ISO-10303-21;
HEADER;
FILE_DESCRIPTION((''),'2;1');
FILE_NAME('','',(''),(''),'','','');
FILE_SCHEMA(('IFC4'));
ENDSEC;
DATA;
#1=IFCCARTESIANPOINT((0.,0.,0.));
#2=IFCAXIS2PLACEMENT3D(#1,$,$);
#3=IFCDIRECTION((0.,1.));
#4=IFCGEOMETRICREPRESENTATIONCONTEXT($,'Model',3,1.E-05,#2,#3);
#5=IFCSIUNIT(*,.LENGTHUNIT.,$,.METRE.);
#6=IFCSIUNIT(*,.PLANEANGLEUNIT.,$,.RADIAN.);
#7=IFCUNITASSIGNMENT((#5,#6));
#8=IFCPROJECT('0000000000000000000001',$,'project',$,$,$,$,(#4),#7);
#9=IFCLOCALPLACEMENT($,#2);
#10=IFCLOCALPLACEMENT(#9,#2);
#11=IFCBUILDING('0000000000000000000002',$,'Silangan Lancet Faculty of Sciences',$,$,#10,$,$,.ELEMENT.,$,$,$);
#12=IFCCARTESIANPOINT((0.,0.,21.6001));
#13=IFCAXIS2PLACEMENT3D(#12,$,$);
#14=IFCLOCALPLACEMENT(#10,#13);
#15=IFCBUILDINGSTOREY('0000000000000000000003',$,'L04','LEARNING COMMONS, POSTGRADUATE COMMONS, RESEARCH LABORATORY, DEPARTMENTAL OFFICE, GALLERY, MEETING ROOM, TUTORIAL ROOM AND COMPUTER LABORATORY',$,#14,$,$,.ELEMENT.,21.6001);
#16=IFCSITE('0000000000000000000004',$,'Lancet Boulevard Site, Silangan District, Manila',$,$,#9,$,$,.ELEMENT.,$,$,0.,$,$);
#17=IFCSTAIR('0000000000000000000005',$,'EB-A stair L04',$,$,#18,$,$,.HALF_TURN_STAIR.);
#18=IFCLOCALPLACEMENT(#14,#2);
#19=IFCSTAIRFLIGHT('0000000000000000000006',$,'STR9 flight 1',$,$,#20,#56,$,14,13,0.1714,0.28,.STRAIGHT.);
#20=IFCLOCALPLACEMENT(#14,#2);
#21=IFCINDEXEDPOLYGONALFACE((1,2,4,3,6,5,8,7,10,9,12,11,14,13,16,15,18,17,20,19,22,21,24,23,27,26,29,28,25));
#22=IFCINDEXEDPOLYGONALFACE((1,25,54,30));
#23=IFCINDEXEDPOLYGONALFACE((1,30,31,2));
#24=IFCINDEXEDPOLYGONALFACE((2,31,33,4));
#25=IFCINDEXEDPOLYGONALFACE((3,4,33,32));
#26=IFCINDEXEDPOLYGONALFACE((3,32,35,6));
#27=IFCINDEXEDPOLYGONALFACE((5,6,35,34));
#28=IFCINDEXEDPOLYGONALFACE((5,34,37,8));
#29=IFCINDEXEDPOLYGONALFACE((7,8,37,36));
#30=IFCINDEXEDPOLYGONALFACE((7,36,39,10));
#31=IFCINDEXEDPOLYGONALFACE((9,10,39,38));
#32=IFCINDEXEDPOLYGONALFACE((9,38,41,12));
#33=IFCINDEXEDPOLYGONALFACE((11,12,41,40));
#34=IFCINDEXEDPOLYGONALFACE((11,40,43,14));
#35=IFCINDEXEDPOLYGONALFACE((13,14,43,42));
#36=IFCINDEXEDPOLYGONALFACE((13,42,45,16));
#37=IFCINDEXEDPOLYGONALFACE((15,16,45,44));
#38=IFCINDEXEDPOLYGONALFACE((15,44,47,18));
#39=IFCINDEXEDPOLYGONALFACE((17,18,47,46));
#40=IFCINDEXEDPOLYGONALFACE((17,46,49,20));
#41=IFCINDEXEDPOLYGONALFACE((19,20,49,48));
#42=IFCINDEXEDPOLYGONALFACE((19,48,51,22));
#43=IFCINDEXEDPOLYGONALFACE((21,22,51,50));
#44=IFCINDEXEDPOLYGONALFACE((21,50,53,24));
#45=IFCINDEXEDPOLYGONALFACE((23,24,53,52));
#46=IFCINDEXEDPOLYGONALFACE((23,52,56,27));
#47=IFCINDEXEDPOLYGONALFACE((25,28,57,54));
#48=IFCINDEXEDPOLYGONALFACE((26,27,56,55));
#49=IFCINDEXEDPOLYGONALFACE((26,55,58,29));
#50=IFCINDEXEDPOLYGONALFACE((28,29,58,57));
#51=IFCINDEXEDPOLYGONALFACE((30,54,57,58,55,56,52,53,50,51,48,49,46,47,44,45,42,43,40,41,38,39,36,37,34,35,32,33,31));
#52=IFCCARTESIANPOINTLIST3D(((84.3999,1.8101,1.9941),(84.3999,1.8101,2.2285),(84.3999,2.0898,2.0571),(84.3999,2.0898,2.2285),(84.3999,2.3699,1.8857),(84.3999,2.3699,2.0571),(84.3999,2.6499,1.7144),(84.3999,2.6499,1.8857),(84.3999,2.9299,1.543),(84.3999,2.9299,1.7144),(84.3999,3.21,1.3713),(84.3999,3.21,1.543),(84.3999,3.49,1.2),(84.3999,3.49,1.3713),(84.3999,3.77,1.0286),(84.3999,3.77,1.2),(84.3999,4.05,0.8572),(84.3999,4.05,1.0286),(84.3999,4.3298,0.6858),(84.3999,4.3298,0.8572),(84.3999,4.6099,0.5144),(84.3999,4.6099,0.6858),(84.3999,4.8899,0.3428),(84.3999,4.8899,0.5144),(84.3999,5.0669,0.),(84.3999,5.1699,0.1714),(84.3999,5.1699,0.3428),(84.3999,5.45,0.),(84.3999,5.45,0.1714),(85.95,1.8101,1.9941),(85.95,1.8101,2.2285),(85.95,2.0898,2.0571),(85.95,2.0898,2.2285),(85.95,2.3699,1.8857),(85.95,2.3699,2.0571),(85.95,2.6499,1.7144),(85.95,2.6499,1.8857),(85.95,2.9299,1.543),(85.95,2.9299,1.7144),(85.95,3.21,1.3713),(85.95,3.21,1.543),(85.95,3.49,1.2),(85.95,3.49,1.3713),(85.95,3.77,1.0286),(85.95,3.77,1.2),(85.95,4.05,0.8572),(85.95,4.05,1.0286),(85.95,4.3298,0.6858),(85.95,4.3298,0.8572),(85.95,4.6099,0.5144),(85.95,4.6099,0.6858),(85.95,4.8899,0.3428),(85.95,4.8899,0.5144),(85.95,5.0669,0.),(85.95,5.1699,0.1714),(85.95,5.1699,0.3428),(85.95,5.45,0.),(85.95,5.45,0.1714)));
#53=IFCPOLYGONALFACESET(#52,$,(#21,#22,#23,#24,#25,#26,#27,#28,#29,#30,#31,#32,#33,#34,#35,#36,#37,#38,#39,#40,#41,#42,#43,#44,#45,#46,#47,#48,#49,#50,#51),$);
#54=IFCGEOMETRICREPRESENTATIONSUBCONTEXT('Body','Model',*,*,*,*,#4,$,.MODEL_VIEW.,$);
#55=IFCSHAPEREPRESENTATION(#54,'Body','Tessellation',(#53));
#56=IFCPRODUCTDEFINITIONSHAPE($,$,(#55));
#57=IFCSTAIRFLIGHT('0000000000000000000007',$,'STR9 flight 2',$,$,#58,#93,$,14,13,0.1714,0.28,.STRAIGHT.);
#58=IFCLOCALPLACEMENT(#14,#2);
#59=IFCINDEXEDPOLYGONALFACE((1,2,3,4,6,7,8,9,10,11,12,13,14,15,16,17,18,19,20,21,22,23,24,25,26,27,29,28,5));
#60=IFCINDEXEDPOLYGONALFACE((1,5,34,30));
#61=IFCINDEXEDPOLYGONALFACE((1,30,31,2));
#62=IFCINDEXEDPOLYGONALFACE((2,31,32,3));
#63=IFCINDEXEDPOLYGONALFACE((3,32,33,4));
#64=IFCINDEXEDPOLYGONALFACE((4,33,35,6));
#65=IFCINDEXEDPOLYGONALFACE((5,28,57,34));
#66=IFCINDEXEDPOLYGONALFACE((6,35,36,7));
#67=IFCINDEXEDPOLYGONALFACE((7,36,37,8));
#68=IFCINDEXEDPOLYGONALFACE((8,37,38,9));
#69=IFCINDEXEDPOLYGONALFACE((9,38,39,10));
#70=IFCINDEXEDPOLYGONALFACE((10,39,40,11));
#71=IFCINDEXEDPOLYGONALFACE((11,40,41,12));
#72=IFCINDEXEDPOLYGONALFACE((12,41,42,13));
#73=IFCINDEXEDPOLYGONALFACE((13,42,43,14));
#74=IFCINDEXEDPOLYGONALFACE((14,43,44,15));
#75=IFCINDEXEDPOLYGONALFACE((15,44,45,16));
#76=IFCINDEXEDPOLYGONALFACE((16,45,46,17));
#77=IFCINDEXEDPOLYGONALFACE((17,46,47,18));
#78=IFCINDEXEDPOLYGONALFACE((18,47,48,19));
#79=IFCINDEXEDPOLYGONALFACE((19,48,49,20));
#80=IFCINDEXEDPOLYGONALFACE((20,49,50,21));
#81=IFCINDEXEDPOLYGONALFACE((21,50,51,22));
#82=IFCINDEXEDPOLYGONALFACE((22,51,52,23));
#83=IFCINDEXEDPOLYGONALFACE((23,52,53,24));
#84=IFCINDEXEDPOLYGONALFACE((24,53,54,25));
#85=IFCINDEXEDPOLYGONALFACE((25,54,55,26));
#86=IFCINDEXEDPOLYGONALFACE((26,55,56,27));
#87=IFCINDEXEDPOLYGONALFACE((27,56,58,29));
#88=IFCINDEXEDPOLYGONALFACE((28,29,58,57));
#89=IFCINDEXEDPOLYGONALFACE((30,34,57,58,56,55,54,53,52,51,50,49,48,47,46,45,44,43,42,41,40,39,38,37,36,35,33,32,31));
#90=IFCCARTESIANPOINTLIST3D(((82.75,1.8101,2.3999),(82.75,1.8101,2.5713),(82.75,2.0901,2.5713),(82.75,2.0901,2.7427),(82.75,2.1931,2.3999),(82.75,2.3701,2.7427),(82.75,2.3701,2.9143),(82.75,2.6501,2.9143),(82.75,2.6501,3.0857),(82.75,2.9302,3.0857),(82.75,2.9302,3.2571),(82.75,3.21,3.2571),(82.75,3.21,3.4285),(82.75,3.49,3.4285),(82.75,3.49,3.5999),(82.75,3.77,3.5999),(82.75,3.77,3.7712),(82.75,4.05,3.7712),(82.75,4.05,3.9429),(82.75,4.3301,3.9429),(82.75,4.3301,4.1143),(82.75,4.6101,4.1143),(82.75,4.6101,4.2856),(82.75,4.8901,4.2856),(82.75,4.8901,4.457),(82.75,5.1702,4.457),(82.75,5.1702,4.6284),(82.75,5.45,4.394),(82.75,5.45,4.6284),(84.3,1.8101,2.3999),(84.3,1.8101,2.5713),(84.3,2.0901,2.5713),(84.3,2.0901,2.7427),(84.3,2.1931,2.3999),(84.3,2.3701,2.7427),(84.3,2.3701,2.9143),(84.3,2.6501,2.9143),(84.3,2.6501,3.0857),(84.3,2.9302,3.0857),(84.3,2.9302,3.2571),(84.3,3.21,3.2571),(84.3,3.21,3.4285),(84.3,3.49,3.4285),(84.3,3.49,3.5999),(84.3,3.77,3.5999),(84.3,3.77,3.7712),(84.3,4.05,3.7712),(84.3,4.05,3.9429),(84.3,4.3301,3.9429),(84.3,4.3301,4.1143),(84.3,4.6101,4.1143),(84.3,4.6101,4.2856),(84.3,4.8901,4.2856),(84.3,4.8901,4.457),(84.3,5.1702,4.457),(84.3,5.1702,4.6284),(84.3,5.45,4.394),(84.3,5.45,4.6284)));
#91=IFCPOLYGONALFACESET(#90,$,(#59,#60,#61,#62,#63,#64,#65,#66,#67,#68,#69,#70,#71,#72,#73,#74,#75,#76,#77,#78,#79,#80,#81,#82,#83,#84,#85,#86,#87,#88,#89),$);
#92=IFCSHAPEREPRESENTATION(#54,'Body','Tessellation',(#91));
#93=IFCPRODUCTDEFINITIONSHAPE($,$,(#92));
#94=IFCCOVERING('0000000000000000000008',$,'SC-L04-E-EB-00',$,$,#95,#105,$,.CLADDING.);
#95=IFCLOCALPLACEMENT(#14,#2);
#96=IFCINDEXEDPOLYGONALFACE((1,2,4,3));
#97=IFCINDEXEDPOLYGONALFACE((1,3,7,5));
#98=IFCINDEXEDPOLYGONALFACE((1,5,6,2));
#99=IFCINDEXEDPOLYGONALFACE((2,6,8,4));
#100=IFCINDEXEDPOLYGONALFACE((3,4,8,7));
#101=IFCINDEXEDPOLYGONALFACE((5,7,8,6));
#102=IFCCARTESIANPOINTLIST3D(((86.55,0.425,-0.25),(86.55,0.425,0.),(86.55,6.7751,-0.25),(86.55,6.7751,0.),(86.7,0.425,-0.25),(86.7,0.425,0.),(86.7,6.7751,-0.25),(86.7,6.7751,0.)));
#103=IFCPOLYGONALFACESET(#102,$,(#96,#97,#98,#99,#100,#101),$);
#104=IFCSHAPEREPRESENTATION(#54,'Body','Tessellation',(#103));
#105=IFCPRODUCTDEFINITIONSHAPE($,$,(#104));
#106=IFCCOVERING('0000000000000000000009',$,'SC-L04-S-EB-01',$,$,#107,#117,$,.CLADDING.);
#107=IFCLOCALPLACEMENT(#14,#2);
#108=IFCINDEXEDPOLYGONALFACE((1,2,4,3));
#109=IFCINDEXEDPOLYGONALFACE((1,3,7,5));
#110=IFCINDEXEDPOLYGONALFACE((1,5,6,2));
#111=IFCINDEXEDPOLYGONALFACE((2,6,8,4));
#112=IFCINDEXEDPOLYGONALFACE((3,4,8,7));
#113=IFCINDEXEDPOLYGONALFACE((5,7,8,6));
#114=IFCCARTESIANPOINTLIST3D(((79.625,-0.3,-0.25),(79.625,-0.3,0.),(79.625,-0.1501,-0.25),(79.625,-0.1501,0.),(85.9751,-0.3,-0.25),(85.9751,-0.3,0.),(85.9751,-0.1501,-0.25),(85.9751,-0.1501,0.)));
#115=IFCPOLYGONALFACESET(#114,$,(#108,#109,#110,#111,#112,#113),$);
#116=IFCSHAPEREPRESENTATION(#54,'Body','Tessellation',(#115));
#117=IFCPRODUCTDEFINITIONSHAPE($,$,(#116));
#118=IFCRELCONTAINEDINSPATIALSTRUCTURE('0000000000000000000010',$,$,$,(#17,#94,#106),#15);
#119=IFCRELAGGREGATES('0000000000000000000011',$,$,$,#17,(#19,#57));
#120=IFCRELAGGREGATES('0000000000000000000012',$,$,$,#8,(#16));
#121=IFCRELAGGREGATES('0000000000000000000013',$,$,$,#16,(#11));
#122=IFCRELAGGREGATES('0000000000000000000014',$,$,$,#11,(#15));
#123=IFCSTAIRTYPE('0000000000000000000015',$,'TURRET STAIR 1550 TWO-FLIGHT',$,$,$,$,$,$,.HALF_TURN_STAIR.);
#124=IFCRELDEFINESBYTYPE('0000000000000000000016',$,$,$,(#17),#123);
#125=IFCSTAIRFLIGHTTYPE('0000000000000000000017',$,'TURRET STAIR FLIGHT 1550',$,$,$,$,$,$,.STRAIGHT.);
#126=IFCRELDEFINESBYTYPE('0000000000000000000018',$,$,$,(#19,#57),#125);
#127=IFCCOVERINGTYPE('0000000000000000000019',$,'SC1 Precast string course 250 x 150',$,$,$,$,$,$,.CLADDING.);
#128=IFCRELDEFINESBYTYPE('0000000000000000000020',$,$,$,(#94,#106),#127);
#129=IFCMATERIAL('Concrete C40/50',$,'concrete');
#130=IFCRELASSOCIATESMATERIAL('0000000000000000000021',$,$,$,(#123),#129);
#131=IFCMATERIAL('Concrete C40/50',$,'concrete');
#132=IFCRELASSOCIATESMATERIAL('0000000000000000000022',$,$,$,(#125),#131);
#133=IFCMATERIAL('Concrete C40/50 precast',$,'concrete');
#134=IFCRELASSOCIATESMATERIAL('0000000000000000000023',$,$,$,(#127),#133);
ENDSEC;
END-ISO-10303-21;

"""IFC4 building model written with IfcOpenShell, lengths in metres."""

from ifc_helpers import new_model, si_unit, direction, frame, origin, origin_2d, place, context, subcontext, project, spatial, polyline, rectangle, outline, extrude, material, type_object, element, aggregate, save


model = new_model("IFC4")

# Units and contexts
model_context = context("Model", 3, precision=1e-05, world=origin(), true_north=direction((0.0, 1.0)))
body_context = subcontext(model_context, "Body", "Model", "MODEL_VIEW")
ifc_project = project(units=[si_unit("LENGTHUNIT", "METRE"), si_unit("PLANEANGLEUNIT", "RADIAN")], contexts=[model_context])

# Site, building, storey
site_placement = place(None, origin())
site = spatial("IfcSite", under=ifc_project, at=site_placement, Name="Lancet Boulevard Site, Silangan District, Manila", CompositionType="ELEMENT", RefElevation=0.0)
building_placement = place(site_placement, origin())
building = spatial("IfcBuilding", under=site, at=building_placement, Name="Silangan Lancet Faculty of Sciences", CompositionType="ELEMENT")
storey_placement = place(building_placement, frame((0.0, 0.0, 21.6001)))
storey = spatial("IfcBuildingStorey", under=building, at=storey_placement, Name="L04", Description="LEARNING COMMONS, POSTGRADUATE COMMONS, RESEARCH LABORATORY, DEPARTMENTAL OFFICE, GALLERY, MEETING ROOM, TUTORIAL ROOM AND COMPUTER LABORATORY", CompositionType="ELEMENT", Elevation=21.6001)

# Stair, stair flights
ifc_material_1 = material(Name="Concrete C40/50", Category="concrete")
stair_type = type_object("IfcStairType", Name="TURRET STAIR 1550 TWO-FLIGHT", PredefinedType="HALF_TURN_STAIR", material=ifc_material_1)
stair_placement = place(storey_placement, origin())
stair = element("IfcStair", 1, at=stair_placement, inside=storey, type_object=stair_type, Name="EB-A stair L04", PredefinedType="HALF_TURN_STAIR")
ifc_material_2 = material(Name="Concrete C40/50", Category="concrete")
stair_flight_type = type_object("IfcStairFlightType", Name="TURRET STAIR FLIGHT 1550", PredefinedType="STRAIGHT", material=ifc_material_2)
stair_flight_1_placement = place(storey_placement, frame((85.175, 5.45, 0.0), z_axis=(0.0, 0.0, 1.0), x_axis=(0.0, -1.0, 0.0)))
stair_flight_1 = element("IfcStairFlight", 2, at=stair_flight_1_placement, type_object=stair_flight_type, Name="STR9 flight 1", NumberOfRisers=14, NumberOfTreads=13, PredefinedType="STRAIGHT", RiserHeight=0.1714, TreadLength=0.28, context=body_context, shape_type="SweptSolid", body=[
    extrude(outline(polyline([(0.0, 0.0), (0.0, 0.1714), (0.28, 0.1714), (0.28, 0.3428), (0.5601, 0.3428), (0.5601, 0.5144), (0.8401, 0.5144), (0.8401, 0.6858), (1.1201, 0.6858), (1.1201, 0.8572), (1.3999, 0.8572), (1.3999, 1.0286), (1.6799, 1.0286), (1.6799, 1.2), (1.96, 1.2), (1.96, 1.3713), (2.24, 1.3713), (2.24, 1.543), (2.52, 1.543), (2.52, 1.7144), (2.8, 1.7144), (2.8, 1.8857), (3.0801, 1.8857), (3.0801, 2.0571), (3.3601, 2.0571), (3.3601, 2.2285), (3.6399, 2.2285), (3.6399, 2.3999), (3.6399, 1.9941), (0.3831, 0.0), (0.0, 0.0)])), frame((0.0, 0.7749, 0.0), z_axis=(0.0, -1.0, 0.0), x_axis=(1.0, 0.0, 0.0)), (0.0, 0.0, 1.0), 1.55),
])
stair_flight_2_placement = place(storey_placement, frame((83.5249, 1.8101, 2.3999), z_axis=(0.0, 0.0, 1.0), x_axis=(0.0, 1.0, 0.0)))
stair_flight_2 = element("IfcStairFlight", 3, at=stair_flight_2_placement, type_object=stair_flight_type, Name="STR9 flight 2", NumberOfRisers=14, NumberOfTreads=13, PredefinedType="STRAIGHT", RiserHeight=0.1714, TreadLength=0.28, context=body_context, shape_type="SweptSolid", body=[
    extrude(outline(polyline([(0.0, 0.0), (0.0, 0.1714), (0.28, 0.1714), (0.28, 0.3428), (0.5601, 0.3428), (0.5601, 0.5144), (0.8401, 0.5144), (0.8401, 0.6858), (1.1201, 0.6858), (1.1201, 0.8572), (1.3999, 0.8572), (1.3999, 1.0286), (1.6799, 1.0286), (1.6799, 1.2), (1.96, 1.2), (1.96, 1.3713), (2.24, 1.3713), (2.24, 1.543), (2.52, 1.543), (2.52, 1.7144), (2.8, 1.7144), (2.8, 1.8857), (3.0801, 1.8857), (3.0801, 2.0571), (3.3601, 2.0571), (3.3601, 2.2285), (3.6399, 2.2285), (3.6399, 2.3999), (3.6399, 1.9941), (0.3831, 0.0), (0.0, 0.0)])), frame((0.0, 0.7749, 0.0), z_axis=(0.0, -1.0, 0.0), x_axis=(1.0, 0.0, 0.0)), (0.0, 0.0, 1.0), 1.55),
])
aggregate(stair, [stair_flight_1, stair_flight_2])

# Coverings
ifc_material_3 = material(Name="Concrete C40/50 precast", Category="concrete")
covering_type = type_object("IfcCoveringType", Name="SC1 Precast string course 250 x 150", PredefinedType="CLADDING", material=ifc_material_3)
covering_1_placement = place(storey_placement, frame((86.625, 3.6001, -0.25), z_axis=(0.0, 0.0, 1.0), x_axis=(1.0, 0.0, 0.0)))
element("IfcCovering", 4, at=covering_1_placement, inside=storey, type_object=covering_type, Name="SC-L04-E-EB-00", PredefinedType="CLADDING", context=body_context, shape_type="SweptSolid", body=[
    extrude(rectangle(XDim=0.1499, YDim=6.3501, at=origin_2d()), origin(), (0.0, 0.0, 1.0), 0.25),
])
covering_2_placement = place(storey_placement, frame((82.8, -0.2251, -0.25), z_axis=(0.0, 0.0, 1.0), x_axis=(1.0, 0.0, 0.0)))
element("IfcCovering", 5, at=covering_2_placement, inside=storey, type_object=covering_type, Name="SC-L04-S-EB-01", PredefinedType="CLADDING", context=body_context, shape_type="SweptSolid", body=[
    extrude(rectangle(XDim=6.3501, YDim=0.1499, at=origin_2d()), origin(), (0.0, 0.0, 1.0), 0.25),
])

save(model, "model.ifc")
